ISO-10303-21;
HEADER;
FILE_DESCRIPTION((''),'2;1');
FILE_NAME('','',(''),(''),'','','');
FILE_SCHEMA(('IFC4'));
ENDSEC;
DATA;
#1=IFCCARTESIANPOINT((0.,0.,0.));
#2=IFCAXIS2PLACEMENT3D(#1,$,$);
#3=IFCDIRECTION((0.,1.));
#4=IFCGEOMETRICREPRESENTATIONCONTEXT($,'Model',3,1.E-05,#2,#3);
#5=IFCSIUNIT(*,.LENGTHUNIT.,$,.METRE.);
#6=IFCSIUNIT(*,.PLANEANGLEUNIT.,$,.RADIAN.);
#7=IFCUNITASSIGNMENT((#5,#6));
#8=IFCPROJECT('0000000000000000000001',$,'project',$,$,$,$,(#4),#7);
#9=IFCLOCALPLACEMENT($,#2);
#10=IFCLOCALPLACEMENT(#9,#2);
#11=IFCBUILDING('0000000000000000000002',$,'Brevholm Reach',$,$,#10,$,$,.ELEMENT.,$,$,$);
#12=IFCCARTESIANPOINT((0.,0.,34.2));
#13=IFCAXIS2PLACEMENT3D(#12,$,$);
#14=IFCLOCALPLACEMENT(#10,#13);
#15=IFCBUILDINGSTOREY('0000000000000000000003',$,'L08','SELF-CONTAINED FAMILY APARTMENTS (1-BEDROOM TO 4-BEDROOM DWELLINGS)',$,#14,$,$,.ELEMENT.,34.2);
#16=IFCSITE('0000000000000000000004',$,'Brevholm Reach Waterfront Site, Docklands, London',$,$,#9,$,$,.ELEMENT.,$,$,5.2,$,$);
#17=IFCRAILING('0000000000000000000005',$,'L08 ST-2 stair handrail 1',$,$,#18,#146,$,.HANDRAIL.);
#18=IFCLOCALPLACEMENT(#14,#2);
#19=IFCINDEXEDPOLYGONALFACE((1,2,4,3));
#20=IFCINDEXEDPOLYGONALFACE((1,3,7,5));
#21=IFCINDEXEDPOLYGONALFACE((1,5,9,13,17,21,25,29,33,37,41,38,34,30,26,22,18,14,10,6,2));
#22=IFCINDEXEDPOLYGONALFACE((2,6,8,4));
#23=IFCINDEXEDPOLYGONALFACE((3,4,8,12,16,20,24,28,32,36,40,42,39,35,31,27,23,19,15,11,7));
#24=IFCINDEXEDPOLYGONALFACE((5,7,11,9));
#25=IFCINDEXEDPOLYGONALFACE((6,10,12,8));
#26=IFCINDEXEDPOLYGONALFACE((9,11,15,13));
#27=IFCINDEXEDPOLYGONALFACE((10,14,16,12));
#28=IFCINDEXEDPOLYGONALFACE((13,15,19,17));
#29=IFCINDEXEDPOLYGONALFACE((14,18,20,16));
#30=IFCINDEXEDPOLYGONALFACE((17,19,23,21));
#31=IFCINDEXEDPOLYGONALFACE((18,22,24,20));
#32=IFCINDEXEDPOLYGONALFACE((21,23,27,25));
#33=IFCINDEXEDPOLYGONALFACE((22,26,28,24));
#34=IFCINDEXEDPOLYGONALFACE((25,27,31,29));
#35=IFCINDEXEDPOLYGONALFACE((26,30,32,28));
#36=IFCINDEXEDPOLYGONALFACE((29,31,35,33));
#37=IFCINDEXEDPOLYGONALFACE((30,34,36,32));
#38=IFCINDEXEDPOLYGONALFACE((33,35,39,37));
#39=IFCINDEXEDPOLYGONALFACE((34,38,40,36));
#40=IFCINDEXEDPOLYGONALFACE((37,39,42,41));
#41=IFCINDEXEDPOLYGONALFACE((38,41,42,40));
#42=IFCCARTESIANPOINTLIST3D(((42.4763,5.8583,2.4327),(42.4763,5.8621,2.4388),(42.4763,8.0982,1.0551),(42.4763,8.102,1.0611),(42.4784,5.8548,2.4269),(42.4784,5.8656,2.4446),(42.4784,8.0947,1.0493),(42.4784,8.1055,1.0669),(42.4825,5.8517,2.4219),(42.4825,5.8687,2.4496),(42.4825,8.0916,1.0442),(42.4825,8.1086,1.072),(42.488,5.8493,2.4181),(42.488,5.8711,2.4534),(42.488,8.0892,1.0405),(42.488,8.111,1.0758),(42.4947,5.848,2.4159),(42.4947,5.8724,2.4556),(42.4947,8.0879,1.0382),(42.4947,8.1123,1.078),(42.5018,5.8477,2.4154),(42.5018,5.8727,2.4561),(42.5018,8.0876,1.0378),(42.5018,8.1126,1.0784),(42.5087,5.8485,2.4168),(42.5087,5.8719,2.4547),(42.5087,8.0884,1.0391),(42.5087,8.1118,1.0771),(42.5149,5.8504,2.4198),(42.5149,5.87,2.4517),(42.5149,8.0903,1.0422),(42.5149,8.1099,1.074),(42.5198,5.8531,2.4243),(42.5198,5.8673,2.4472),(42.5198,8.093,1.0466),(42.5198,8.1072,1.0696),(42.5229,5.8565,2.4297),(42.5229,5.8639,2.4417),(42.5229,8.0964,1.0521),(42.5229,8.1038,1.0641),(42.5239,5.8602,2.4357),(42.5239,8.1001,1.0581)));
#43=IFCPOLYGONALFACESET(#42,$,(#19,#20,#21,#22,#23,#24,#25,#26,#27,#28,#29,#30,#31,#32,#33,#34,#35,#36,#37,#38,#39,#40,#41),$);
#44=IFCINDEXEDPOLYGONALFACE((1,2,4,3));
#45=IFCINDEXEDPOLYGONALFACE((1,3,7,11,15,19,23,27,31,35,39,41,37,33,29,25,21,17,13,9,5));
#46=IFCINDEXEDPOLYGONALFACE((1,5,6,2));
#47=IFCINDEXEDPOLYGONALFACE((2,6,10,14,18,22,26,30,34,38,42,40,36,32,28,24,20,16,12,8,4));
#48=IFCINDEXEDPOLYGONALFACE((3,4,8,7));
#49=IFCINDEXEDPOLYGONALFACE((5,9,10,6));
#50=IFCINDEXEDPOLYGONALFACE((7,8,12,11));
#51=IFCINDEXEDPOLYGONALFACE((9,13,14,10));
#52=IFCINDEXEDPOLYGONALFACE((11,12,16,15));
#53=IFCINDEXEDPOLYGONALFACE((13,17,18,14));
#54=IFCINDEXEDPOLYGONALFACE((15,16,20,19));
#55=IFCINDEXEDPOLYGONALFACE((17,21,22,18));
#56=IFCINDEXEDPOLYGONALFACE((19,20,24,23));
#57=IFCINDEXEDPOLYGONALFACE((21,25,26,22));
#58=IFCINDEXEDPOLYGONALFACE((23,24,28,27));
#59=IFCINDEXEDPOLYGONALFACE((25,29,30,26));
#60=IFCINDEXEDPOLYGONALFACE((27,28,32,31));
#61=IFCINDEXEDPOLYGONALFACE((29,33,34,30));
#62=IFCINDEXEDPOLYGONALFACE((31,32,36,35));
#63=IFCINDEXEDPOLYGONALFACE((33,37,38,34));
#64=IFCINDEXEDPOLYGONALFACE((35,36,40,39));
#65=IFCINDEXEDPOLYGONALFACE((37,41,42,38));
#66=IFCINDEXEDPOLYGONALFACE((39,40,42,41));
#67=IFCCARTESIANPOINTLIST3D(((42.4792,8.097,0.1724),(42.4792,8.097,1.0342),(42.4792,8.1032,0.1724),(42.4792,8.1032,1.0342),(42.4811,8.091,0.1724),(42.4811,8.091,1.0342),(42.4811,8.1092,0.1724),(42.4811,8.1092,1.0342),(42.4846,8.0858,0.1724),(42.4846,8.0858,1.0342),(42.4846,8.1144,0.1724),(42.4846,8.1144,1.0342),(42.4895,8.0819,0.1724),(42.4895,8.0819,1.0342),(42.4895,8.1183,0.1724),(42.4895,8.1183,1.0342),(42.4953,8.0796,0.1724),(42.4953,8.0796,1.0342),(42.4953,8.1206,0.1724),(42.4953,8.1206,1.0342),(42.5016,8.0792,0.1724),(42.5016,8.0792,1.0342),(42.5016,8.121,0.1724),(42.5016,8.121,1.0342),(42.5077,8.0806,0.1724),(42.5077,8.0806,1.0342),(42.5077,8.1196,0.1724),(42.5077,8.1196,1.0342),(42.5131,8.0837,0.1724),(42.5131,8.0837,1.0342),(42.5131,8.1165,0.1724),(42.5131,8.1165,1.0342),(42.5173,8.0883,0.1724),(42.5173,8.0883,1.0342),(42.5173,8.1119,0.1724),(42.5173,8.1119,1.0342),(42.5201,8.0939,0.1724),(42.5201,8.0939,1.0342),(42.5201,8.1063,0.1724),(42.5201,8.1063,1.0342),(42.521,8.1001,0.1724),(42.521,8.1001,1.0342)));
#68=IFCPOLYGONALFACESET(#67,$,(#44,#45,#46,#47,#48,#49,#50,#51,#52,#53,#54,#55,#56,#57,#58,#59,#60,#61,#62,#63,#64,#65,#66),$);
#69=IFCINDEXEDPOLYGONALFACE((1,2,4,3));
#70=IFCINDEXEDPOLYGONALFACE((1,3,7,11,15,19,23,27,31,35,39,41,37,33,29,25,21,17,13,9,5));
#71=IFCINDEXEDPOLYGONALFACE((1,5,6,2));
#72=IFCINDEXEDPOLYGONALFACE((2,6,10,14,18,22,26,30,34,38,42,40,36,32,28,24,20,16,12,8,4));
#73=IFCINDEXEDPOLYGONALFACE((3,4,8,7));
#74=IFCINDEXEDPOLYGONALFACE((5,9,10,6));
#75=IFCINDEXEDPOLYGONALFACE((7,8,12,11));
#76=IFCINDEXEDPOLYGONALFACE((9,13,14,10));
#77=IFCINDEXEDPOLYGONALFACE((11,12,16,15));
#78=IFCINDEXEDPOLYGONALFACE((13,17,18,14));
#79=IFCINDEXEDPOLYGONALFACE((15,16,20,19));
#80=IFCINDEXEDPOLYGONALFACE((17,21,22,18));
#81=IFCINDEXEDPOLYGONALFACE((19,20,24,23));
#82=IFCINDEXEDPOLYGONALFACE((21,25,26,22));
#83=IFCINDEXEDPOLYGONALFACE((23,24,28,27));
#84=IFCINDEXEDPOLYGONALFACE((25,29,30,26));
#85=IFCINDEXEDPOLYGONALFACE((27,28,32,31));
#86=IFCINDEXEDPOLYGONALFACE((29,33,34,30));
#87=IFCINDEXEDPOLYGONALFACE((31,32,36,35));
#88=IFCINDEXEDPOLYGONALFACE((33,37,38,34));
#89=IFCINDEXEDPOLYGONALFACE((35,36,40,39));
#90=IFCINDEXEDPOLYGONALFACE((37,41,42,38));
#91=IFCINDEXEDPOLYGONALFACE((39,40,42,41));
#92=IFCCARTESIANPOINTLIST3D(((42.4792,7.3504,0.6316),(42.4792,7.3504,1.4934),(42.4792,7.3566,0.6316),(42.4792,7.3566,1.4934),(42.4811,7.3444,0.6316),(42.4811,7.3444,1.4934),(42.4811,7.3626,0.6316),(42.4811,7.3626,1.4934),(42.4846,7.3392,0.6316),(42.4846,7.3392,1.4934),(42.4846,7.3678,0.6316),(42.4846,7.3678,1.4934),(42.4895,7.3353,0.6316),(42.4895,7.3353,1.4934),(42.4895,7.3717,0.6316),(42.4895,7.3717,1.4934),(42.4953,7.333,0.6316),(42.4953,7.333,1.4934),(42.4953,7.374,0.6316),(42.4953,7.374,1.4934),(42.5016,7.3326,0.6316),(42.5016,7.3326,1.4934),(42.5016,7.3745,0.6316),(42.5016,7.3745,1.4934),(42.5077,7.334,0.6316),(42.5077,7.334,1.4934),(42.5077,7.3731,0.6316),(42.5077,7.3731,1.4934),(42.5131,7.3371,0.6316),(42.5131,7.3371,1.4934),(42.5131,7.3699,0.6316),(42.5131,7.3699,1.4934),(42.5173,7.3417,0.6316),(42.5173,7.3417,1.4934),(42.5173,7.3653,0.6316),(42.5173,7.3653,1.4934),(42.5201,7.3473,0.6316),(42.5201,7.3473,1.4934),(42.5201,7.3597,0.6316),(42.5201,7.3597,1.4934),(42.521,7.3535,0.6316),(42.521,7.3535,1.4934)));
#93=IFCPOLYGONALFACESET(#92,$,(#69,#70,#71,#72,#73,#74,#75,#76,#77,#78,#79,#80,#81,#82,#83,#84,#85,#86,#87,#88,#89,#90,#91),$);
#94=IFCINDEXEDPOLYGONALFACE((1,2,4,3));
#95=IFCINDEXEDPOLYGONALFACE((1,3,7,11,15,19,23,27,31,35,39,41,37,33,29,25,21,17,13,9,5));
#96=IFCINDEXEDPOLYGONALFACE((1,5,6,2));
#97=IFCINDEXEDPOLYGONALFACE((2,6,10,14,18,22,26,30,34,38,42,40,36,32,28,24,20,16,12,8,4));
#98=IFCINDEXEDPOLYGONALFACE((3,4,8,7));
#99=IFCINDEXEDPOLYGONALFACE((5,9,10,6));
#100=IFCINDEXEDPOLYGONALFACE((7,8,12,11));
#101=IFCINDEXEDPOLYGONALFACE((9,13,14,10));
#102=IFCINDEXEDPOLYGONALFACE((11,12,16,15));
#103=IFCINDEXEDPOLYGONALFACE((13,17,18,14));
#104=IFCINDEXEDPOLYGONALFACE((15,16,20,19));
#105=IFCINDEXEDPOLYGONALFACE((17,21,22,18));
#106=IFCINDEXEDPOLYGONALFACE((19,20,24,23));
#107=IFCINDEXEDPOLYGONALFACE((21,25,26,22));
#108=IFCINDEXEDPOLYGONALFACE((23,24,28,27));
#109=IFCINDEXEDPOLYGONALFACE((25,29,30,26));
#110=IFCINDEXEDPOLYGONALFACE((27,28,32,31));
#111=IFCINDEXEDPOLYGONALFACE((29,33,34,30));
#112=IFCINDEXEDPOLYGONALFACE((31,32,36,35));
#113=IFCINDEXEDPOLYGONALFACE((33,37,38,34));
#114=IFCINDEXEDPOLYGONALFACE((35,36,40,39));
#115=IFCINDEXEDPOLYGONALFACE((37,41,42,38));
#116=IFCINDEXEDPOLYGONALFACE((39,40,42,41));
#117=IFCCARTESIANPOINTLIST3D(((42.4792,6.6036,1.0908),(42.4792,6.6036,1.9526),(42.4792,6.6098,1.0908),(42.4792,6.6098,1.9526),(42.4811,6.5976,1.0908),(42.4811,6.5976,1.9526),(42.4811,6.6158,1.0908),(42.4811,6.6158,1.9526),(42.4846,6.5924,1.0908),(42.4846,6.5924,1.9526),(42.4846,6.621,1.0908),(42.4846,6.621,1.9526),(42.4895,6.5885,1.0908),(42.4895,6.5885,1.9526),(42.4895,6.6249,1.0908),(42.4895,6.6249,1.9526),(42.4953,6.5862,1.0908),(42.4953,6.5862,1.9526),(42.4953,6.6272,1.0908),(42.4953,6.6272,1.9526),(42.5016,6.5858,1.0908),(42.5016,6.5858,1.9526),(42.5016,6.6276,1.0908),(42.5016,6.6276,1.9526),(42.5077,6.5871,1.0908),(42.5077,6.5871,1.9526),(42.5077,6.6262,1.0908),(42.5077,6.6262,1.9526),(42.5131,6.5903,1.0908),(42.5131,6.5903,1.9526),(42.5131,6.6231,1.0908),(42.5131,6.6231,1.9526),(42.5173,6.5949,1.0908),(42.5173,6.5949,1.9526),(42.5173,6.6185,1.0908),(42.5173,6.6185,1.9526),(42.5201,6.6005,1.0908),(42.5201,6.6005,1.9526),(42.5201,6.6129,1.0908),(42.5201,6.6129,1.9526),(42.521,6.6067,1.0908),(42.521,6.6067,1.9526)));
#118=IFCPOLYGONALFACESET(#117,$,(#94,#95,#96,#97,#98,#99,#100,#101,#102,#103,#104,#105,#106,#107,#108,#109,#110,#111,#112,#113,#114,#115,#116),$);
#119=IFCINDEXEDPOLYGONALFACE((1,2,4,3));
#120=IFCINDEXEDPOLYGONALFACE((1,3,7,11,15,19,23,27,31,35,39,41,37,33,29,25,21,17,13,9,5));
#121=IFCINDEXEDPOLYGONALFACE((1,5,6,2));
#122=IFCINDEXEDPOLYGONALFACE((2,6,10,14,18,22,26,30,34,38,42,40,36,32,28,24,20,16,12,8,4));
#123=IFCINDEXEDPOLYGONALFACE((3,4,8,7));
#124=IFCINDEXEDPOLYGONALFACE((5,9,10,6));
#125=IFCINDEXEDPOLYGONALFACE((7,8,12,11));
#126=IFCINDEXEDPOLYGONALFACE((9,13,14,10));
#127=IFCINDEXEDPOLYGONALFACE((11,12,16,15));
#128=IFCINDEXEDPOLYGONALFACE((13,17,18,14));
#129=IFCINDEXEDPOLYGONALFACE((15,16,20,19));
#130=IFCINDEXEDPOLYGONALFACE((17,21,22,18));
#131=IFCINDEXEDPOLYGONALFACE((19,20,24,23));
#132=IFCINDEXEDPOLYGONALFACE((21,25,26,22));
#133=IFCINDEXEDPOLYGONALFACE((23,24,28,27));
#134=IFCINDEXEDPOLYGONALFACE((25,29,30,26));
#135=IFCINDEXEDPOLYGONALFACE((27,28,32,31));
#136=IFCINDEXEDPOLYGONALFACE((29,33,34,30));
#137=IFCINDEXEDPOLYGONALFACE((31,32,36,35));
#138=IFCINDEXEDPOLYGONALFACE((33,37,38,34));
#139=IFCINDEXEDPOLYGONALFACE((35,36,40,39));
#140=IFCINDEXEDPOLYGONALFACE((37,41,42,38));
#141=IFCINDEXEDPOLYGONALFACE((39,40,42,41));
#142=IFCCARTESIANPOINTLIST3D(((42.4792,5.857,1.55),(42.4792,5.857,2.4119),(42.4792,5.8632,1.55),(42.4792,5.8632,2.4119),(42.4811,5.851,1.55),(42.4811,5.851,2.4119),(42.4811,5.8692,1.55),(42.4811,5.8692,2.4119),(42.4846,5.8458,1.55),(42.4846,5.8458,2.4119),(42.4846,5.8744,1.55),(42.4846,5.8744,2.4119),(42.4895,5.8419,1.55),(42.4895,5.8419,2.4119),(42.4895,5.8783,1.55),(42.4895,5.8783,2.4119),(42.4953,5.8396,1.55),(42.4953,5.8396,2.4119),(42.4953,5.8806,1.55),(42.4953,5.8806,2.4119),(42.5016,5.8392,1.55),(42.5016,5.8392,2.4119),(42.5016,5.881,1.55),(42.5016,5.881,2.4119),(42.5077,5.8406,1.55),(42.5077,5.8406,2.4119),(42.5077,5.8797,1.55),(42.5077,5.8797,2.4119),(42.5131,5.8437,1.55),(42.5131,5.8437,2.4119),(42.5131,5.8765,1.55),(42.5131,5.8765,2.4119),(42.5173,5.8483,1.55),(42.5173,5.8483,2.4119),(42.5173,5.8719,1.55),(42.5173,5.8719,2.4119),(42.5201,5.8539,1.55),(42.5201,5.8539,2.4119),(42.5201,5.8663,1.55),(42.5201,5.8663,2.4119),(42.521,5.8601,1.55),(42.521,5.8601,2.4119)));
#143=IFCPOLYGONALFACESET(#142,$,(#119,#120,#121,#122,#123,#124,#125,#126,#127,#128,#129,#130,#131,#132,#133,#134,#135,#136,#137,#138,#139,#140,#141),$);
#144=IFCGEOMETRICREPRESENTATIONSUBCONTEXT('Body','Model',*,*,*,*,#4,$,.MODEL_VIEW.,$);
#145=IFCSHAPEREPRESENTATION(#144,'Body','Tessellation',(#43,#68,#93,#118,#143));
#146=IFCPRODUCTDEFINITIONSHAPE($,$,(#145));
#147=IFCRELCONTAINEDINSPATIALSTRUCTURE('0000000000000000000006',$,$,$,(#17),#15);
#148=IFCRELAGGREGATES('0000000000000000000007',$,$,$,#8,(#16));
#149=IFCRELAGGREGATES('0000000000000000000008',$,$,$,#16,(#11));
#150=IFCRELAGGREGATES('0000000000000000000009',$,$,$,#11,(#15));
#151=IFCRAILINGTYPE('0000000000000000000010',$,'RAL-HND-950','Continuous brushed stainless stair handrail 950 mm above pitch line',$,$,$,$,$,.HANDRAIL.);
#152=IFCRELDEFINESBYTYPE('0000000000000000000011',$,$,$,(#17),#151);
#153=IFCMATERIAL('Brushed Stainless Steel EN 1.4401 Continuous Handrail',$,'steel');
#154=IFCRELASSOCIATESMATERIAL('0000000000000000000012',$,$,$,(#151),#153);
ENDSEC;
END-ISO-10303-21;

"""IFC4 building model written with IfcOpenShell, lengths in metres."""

from ifc_helpers import new_model, si_unit, direction, frame, origin, origin_2d, place, context, subcontext, project, spatial, circle, extrude, material, type_object, element, save


model = new_model("IFC4")

# Units and contexts
model_context = context("Model", 3, precision=1e-05, world=origin(), true_north=direction((0.0, 1.0)))
body_context = subcontext(model_context, "Body", "Model", "MODEL_VIEW")
ifc_project = project(units=[si_unit("LENGTHUNIT", "METRE"), si_unit("PLANEANGLEUNIT", "RADIAN")], contexts=[model_context])

# Site, building, storey
site_placement = place(None, origin())
site = spatial("IfcSite", under=ifc_project, at=site_placement, Name="Brevholm Reach Waterfront Site, Docklands, London", CompositionType="ELEMENT", RefElevation=5.2)
building_placement = place(site_placement, origin())
building = spatial("IfcBuilding", under=site, at=building_placement, Name="Brevholm Reach", CompositionType="ELEMENT")
storey_placement = place(building_placement, frame((0.0, 0.0, 34.2)))
storey = spatial("IfcBuildingStorey", under=building, at=storey_placement, Name="L08", Description="SELF-CONTAINED FAMILY APARTMENTS (1-BEDROOM TO 4-BEDROOM DWELLINGS)", CompositionType="ELEMENT", Elevation=34.2)

# Railing
ifc_material_1 = material(Name="Brushed Stainless Steel EN 1.4401 Continuous Handrail", Category="steel")
railing_type_1 = type_object("IfcRailingType", Name="RAL-HND-950", Description="Continuous brushed stainless stair handrail 950 mm above pitch line", PredefinedType="HANDRAIL", material=ifc_material_1)
railing_1_placement = place(storey_placement, frame((42.5, 8.1001, 0.1724)))
element("IfcRailing", 1, at=railing_1_placement, inside=storey, type_object=railing_type_1, Name="L08 ST-2 stair handrail 1", PredefinedType="HANDRAIL", context=body_context, shape_type="SweptSolid", body=[
    extrude(circle(Radius=0.0239, at=origin_2d()), frame((0.0, 0.0, 0.8857), z_axis=(0.0, -0.851789, 0.523885), x_axis=(1.0, 0.0, 0.0)), (0.0, 0.0, 1.0), 2.6296),
    extrude(circle(Radius=0.021, at=origin_2d()), origin(), (0.0, 0.0, 1.0), 0.8618),
    extrude(circle(Radius=0.021, at=origin_2d()), frame((0.0, -0.7466, 0.4592)), (0.0, 0.0, 1.0), 0.8618),
    extrude(circle(Radius=0.021, at=origin_2d()), frame((0.0, -1.4934, 0.9185)), (0.0, 0.0, 1.0), 0.8618),
    extrude(circle(Radius=0.021, at=origin_2d()), frame((0.0, -2.24, 1.3777)), (0.0, 0.0, 1.0), 0.8618),
])

save(model, "model.ifc")
